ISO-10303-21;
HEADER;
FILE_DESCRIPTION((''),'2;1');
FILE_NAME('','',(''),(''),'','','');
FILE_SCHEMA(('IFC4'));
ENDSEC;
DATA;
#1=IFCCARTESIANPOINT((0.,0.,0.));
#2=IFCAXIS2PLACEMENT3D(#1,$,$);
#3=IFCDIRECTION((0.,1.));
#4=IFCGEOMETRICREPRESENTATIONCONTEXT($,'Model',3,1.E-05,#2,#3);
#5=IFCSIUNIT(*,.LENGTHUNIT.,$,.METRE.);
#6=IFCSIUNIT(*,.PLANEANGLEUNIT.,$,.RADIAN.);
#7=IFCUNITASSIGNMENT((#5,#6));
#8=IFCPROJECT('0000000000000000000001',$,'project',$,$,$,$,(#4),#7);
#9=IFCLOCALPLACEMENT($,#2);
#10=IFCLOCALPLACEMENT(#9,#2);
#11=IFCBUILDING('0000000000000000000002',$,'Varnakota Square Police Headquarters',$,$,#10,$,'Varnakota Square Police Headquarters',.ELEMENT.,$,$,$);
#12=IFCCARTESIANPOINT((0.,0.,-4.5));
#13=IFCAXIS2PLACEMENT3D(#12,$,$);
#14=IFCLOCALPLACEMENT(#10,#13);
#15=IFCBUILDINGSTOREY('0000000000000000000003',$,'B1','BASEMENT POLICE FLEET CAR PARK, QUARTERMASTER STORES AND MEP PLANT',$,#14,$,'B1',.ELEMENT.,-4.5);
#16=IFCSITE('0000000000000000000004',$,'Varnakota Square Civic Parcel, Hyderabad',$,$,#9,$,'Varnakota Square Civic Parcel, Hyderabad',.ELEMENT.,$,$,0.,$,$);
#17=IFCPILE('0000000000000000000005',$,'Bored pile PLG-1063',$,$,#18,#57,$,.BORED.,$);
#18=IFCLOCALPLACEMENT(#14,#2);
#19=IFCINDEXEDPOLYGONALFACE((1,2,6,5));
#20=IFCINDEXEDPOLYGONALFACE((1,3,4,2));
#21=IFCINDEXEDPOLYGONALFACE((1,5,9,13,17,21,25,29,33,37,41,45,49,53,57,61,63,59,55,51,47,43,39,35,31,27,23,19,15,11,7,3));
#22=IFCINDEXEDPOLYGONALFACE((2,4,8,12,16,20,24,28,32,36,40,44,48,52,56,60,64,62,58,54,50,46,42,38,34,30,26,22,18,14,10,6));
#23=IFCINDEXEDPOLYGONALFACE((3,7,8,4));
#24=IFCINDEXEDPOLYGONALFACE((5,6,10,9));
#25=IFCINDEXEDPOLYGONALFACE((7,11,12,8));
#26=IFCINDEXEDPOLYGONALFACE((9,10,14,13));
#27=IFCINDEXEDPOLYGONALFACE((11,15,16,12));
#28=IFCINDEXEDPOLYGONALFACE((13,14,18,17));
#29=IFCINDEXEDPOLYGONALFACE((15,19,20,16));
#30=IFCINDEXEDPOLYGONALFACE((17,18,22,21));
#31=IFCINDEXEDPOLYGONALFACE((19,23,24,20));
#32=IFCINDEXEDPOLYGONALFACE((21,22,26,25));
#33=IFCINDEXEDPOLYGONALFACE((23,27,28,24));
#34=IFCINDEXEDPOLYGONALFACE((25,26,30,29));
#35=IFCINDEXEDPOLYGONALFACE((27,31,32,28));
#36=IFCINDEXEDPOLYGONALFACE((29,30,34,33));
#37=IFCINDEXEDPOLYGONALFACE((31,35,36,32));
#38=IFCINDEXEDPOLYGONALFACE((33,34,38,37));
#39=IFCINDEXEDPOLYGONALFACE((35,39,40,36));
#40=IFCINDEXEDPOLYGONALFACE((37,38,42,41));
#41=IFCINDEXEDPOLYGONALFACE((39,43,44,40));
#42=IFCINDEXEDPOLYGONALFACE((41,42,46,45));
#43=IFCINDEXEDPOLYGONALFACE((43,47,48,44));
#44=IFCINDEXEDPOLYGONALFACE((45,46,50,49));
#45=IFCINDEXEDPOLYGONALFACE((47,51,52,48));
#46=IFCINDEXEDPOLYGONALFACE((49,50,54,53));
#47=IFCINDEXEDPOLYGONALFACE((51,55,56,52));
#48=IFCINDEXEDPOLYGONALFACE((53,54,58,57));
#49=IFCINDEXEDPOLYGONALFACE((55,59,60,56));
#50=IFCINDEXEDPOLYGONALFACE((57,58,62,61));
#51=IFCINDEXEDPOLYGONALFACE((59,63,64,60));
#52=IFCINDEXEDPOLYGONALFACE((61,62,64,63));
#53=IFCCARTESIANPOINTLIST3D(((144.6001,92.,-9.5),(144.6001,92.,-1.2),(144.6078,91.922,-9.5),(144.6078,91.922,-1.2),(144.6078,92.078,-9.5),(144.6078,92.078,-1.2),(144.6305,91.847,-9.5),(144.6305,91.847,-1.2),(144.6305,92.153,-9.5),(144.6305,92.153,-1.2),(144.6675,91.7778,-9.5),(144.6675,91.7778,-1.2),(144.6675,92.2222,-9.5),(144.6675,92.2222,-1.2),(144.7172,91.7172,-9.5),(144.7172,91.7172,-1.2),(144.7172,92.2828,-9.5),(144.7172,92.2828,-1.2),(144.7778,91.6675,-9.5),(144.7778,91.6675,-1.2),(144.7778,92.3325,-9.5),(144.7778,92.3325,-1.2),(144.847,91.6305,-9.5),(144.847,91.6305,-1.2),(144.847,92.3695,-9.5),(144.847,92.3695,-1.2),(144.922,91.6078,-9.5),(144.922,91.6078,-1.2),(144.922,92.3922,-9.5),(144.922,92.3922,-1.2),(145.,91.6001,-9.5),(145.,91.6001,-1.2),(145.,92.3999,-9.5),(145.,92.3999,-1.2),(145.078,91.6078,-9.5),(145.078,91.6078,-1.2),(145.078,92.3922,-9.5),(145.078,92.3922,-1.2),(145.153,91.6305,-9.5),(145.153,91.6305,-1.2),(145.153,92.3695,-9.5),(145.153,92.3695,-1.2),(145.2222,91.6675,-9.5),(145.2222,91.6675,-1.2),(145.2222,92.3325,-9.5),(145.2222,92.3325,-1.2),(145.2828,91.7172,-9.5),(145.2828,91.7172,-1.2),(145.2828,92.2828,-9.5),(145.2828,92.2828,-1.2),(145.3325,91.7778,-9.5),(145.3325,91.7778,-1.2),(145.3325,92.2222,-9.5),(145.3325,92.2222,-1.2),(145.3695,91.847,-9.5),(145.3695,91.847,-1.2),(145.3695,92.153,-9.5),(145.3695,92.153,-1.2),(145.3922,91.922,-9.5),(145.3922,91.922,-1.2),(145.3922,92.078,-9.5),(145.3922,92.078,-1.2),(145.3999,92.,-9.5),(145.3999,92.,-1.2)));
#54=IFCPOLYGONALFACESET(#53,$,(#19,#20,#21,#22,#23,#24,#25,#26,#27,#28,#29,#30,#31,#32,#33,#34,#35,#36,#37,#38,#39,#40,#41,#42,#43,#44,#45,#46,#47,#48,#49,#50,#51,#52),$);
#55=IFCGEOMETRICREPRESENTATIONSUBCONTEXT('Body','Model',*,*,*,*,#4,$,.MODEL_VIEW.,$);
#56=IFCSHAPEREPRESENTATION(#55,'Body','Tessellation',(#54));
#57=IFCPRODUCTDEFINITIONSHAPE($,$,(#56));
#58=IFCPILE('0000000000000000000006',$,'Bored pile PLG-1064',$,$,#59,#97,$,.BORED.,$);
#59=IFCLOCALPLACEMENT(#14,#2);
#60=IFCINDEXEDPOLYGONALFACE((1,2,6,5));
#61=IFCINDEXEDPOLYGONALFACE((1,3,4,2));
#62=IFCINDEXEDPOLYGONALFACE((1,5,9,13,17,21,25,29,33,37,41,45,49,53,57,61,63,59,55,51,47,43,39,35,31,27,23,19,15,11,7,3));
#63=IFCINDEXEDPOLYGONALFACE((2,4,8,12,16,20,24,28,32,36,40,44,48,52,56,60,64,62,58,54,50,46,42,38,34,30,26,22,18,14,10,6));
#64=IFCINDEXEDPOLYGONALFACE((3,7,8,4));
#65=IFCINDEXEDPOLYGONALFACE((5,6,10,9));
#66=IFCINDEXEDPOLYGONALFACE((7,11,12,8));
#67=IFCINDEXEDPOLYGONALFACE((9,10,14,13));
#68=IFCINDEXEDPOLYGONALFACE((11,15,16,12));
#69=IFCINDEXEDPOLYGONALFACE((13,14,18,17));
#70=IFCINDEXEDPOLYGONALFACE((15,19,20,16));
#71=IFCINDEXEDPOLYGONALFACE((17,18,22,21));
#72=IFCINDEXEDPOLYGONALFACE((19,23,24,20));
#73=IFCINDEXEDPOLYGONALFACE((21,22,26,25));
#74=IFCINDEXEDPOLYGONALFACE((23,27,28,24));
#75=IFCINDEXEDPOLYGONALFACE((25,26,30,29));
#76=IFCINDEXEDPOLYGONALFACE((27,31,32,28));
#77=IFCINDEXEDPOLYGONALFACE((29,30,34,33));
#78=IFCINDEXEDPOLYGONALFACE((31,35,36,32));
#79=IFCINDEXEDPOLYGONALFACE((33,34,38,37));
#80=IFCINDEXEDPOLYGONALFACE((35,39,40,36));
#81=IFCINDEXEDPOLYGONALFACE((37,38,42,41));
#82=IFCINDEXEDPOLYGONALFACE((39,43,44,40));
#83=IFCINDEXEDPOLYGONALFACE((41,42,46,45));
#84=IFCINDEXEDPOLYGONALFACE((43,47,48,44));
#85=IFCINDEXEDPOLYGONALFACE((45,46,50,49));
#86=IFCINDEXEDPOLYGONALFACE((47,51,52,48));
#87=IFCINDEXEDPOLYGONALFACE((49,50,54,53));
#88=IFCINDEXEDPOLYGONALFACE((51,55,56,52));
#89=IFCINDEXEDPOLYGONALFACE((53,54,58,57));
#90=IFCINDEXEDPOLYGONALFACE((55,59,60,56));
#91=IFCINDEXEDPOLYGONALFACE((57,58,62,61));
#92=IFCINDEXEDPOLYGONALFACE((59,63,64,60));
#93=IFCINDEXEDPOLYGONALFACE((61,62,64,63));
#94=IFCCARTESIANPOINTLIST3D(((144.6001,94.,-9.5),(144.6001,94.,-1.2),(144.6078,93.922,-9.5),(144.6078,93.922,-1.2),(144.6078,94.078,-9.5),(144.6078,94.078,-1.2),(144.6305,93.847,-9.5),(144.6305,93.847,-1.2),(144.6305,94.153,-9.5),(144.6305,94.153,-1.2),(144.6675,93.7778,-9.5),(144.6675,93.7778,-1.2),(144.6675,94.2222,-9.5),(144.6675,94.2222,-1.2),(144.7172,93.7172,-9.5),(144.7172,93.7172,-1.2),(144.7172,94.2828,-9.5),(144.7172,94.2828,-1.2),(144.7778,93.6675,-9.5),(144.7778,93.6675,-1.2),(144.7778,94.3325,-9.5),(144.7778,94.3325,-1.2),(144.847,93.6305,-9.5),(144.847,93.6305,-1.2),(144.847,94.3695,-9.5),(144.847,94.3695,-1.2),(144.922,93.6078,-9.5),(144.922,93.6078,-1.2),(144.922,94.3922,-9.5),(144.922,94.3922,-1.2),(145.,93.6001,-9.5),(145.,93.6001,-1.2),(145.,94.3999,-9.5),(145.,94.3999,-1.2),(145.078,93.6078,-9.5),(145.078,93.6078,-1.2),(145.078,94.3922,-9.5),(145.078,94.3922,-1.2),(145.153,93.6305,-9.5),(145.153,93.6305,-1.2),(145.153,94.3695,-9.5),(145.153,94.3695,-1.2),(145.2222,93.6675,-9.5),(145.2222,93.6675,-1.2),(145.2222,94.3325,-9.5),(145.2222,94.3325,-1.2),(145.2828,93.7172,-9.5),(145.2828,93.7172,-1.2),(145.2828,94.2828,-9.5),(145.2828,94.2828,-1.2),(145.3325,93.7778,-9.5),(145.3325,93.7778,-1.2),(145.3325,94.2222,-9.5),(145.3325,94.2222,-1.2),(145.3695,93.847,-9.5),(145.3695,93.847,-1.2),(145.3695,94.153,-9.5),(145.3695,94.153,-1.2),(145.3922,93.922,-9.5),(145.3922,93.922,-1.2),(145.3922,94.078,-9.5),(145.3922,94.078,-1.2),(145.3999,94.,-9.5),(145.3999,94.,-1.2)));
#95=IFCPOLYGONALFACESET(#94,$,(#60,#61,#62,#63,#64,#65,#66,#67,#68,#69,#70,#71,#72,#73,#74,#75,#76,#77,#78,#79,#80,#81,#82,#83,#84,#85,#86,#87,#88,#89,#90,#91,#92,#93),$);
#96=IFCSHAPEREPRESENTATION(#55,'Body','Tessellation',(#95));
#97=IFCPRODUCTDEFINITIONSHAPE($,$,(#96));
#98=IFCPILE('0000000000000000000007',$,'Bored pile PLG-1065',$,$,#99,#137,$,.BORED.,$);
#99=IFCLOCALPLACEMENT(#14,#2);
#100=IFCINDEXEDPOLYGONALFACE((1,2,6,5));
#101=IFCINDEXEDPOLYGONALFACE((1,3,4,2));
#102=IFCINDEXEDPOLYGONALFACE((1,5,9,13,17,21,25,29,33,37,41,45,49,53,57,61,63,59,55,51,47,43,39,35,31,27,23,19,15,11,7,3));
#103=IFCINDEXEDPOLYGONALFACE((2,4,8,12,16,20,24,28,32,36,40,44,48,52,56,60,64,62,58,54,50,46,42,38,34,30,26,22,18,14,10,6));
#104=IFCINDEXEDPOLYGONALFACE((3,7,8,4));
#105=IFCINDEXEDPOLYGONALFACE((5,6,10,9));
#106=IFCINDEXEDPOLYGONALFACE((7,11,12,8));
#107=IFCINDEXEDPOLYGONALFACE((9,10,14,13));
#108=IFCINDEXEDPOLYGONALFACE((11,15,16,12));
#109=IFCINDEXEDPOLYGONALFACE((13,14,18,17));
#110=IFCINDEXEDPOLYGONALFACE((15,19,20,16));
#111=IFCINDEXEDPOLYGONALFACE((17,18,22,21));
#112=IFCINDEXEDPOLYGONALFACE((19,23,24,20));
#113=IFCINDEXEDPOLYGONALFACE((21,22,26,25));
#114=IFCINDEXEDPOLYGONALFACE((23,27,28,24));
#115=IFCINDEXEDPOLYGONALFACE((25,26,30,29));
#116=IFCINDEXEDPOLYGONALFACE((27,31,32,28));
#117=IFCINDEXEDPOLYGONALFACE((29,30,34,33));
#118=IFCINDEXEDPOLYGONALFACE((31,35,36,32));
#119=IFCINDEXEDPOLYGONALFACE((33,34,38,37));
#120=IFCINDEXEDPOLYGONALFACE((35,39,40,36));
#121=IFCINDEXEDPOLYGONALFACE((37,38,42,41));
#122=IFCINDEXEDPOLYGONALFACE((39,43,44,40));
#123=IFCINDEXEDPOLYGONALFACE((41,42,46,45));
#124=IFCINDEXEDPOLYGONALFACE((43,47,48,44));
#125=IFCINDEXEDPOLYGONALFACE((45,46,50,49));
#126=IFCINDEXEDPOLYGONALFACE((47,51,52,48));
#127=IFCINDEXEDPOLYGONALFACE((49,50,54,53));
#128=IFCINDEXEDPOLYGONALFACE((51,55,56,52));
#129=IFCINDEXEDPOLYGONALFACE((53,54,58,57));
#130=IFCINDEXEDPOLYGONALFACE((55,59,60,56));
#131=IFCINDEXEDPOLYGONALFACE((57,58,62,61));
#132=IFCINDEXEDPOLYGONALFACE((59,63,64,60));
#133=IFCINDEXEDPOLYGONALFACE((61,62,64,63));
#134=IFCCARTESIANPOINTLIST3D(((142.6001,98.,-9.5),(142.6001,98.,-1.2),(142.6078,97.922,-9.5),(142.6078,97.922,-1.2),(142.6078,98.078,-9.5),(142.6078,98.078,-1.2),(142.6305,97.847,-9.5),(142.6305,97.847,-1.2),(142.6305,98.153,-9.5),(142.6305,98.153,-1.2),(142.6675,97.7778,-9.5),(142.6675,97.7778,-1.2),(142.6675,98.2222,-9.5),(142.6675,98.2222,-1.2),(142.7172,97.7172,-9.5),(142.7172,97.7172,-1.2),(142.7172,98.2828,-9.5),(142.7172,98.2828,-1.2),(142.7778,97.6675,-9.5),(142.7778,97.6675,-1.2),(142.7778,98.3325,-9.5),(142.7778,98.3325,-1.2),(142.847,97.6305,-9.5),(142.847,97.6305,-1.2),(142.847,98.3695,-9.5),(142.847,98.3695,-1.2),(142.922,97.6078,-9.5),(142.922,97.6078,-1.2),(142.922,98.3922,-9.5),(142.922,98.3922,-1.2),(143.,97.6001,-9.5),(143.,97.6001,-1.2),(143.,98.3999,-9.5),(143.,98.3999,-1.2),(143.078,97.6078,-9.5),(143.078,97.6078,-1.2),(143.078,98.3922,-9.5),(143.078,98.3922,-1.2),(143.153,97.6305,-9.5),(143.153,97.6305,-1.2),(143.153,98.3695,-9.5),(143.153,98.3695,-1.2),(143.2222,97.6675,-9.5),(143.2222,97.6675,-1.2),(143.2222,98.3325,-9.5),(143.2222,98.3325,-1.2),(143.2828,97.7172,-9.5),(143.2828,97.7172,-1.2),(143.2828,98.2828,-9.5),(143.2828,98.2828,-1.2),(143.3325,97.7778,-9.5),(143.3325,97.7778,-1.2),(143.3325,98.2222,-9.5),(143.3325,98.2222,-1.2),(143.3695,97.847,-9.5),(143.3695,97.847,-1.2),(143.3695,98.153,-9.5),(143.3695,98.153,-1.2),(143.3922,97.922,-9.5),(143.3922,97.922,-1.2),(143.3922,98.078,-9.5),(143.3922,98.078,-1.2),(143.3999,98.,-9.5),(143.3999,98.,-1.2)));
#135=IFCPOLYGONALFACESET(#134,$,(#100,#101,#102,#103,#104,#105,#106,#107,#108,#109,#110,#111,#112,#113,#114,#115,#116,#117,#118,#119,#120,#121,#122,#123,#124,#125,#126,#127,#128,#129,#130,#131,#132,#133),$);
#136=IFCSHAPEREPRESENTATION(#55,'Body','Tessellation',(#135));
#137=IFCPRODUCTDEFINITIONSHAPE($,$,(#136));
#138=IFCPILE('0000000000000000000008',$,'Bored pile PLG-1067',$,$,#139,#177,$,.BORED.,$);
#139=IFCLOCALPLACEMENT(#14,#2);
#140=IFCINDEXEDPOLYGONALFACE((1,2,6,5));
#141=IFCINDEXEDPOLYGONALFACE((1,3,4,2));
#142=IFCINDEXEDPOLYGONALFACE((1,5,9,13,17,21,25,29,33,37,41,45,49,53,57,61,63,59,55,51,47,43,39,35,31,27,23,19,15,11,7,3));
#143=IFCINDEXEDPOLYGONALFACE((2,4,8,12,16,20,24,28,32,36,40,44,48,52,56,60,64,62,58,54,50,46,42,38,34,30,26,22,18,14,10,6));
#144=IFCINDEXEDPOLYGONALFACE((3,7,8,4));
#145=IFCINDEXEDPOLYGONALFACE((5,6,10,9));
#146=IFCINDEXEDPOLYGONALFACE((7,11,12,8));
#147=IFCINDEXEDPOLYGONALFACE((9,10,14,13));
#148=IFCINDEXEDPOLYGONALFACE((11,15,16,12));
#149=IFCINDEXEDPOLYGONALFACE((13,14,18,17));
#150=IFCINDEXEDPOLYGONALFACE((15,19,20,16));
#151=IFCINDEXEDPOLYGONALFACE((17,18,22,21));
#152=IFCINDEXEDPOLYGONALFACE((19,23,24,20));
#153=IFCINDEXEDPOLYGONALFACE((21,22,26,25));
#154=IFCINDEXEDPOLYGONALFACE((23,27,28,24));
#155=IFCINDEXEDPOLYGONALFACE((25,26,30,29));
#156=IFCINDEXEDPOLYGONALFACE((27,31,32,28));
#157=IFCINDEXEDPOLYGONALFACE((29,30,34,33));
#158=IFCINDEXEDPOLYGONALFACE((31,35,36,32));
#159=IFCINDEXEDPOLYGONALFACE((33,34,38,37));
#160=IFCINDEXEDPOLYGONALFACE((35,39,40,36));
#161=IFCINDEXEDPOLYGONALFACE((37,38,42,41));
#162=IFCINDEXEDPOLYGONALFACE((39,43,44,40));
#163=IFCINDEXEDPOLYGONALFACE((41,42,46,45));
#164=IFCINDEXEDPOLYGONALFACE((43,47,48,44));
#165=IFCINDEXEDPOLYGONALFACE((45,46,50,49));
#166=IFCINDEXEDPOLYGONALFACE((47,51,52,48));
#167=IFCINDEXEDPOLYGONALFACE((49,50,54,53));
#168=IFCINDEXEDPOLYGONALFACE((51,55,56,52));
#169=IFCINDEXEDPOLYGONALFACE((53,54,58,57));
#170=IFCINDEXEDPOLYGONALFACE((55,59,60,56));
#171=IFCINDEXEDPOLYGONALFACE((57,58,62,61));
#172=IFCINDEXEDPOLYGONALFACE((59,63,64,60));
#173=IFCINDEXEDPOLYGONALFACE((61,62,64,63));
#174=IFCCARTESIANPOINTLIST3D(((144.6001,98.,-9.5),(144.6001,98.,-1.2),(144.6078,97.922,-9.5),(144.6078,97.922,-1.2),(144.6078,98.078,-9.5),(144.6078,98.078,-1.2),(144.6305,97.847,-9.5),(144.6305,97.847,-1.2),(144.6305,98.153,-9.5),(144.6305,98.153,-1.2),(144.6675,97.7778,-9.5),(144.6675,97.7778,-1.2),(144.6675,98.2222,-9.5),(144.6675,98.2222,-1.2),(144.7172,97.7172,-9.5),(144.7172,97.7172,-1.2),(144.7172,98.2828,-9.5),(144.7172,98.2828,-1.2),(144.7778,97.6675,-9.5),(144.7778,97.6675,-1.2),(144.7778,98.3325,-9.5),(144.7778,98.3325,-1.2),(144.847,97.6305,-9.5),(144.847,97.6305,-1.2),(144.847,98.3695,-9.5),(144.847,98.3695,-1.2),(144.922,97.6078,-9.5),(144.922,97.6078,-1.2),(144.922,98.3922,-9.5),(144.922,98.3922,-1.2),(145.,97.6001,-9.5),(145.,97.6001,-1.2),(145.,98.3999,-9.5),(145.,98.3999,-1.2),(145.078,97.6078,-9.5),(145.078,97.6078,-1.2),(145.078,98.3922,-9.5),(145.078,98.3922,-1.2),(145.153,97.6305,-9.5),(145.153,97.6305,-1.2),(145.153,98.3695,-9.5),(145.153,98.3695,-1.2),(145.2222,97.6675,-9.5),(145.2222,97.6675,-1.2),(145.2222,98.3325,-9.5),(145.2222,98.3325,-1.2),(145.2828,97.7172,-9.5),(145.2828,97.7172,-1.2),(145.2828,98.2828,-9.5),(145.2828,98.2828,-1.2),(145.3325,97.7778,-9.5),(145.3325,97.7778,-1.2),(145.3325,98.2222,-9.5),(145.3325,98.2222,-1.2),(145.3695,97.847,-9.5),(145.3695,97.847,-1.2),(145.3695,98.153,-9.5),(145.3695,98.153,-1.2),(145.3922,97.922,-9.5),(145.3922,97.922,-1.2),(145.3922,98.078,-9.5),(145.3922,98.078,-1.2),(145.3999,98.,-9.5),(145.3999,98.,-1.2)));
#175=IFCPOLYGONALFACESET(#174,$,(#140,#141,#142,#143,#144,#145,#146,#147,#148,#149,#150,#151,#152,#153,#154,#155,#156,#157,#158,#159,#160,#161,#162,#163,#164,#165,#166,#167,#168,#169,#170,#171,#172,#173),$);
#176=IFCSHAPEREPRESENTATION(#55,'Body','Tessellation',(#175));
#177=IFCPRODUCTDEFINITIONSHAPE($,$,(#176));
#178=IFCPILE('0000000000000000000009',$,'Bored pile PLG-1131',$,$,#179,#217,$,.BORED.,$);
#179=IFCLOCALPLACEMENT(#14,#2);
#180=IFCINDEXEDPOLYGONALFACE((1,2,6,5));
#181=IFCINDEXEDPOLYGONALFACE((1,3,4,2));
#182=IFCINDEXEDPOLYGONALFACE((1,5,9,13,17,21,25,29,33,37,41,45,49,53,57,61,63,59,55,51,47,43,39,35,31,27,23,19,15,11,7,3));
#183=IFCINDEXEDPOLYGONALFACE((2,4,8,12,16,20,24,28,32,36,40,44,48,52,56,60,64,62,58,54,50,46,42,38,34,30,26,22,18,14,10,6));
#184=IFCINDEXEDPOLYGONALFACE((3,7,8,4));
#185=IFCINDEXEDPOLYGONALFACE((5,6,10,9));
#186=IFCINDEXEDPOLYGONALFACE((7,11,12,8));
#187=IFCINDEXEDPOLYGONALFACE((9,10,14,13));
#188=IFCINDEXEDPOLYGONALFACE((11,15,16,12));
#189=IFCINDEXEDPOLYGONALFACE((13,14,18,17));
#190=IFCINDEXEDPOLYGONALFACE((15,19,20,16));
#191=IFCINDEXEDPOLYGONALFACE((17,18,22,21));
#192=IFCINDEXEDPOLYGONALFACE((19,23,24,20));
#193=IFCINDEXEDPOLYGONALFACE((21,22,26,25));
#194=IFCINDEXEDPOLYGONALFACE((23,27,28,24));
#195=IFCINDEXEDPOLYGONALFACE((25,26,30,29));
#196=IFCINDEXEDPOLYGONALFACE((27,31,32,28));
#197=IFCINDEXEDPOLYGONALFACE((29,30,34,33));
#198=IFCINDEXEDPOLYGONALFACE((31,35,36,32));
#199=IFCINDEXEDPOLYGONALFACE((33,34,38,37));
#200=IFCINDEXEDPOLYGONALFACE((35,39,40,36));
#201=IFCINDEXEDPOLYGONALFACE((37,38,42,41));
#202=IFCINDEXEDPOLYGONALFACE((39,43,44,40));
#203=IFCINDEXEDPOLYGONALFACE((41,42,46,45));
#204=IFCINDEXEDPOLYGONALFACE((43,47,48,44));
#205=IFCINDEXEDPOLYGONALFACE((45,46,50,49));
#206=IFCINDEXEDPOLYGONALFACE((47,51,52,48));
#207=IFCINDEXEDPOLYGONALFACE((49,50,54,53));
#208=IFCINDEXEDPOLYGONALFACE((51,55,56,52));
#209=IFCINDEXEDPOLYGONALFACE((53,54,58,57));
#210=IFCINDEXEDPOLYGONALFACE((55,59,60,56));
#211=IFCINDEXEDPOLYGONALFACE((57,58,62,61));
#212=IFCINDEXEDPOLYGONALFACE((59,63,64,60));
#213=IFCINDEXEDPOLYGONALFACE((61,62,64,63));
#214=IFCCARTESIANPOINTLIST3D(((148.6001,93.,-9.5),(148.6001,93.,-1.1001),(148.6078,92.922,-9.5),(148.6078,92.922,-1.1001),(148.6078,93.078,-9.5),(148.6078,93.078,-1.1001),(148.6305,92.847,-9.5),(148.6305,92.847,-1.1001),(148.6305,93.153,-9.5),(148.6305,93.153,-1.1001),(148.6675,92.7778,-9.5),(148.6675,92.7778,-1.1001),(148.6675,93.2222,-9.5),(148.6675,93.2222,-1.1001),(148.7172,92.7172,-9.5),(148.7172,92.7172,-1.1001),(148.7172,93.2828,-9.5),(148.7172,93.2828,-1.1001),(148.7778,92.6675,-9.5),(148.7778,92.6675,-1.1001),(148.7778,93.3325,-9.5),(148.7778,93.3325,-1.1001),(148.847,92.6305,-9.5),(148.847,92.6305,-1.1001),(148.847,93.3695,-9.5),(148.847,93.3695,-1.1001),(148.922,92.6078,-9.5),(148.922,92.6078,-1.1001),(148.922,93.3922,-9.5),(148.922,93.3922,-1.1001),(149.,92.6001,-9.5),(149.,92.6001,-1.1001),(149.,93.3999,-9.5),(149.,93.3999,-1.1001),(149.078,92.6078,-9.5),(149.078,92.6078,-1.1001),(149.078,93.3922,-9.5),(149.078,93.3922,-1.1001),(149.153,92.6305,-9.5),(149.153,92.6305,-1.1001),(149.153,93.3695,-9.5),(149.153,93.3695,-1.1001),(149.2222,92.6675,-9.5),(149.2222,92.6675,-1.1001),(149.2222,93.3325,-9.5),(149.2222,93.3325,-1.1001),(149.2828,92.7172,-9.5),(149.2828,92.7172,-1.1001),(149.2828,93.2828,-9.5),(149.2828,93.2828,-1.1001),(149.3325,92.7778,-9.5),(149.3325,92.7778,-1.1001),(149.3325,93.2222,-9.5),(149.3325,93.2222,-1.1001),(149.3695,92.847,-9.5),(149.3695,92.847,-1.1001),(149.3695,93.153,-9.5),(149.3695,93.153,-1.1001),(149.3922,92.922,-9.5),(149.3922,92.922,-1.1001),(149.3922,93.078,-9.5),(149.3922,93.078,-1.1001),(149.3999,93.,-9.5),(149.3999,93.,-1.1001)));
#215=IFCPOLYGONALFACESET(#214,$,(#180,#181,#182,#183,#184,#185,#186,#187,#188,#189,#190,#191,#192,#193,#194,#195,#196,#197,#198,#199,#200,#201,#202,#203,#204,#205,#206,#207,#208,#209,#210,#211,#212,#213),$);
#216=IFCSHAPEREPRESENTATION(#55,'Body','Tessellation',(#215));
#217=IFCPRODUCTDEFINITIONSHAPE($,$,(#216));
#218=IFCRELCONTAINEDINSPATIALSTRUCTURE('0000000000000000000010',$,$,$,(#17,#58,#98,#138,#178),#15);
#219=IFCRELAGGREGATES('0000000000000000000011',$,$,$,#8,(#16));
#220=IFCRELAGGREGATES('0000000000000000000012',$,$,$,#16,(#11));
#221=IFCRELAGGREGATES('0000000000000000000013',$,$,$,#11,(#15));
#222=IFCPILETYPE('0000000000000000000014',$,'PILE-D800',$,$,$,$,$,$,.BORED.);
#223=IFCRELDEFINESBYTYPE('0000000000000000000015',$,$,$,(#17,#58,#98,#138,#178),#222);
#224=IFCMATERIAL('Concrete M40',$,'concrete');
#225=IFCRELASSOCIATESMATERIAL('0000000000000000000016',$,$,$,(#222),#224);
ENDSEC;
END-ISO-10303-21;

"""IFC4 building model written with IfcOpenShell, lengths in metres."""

from ifc_helpers import new_model, si_unit, direction, frame, origin, origin_2d, place, context, subcontext, project, spatial, circle, extrude, material, material_profile, profile_set, type_object, element, save


model = new_model("IFC4")

# Units and contexts
model_context = context("Model", 3, precision=1e-05, world=origin(), true_north=direction((0.0, 1.0)))
body_context = subcontext(model_context, "Body", "Model", "MODEL_VIEW")
ifc_project = project(units=[si_unit("LENGTHUNIT", "METRE"), si_unit("PLANEANGLEUNIT", "RADIAN")], contexts=[model_context])

# Site, building, storey
site_placement = place(None, origin())
site = spatial("IfcSite", under=ifc_project, at=site_placement, Name="Varnakota Square Civic Parcel, Hyderabad", LongName="Varnakota Square Civic Parcel, Hyderabad", CompositionType="ELEMENT", RefElevation=0.0)
building_placement = place(site_placement, origin())
building = spatial("IfcBuilding", under=site, at=building_placement, Name="Varnakota Square Police Headquarters", LongName="Varnakota Square Police Headquarters", CompositionType="ELEMENT")
storey_placement = place(building_placement, frame((0.0, 0.0, -4.5)))
storey = spatial("IfcBuildingStorey", under=building, at=storey_placement, Name="B1", Description="BASEMENT POLICE FLEET CAR PARK, QUARTERMASTER STORES AND MEP PLANT", LongName="B1", CompositionType="ELEMENT", Elevation=-4.5)

# Shared definitions
ifc_material_1 = material(Name="Concrete M40", Category="concrete")

# Piles
ifc_material_profile_1 = material_profile(ifc_material_1, circle(Radius=0.3999, at=origin_2d()), Name="BORED PILE 800")
ifc_profile_set_1 = profile_set([ifc_material_profile_1], Name="Concrete M40")
pile_type = type_object("IfcPileType", Name="PILE-D800", PredefinedType="BORED", material=ifc_profile_set_1)
for number, where, z_axis, x_axis, name in (
    (1, (145.0, 92.0, -1.2), (0.0, 0.0, -1.0), (1.0, 0.0, 0.0), "Bored pile PLG-1063"),
    (2, (145.0, 94.0, -1.2), (0.0, 0.0, -1.0), (1.0, 0.0, 0.0), "Bored pile PLG-1064"),
    (3, (143.0, 98.0, -1.2), (0.0, 0.0, -1.0), (1.0, 0.0, 0.0), "Bored pile PLG-1065"),
    (4, (145.0, 98.0, -1.2), (0.0, 0.0, -1.0), (1.0, 0.0, 0.0), "Bored pile PLG-1067"),
):
    element("IfcPile", number, at=place(storey_placement, frame(where, z_axis=z_axis, x_axis=x_axis)), inside=storey, type_object=pile_type, Name=name, PredefinedType="BORED", context=body_context, shape_type="SweptSolid", body=[
        extrude(circle(Radius=0.3999, at=origin_2d()), origin(), (0.0, 0.0, 1.0), 8.3),
    ])
pile_placement = place(storey_placement, frame((149.0, 93.0, -1.1001), z_axis=(0.0, 0.0, -1.0), x_axis=(1.0, 0.0, 0.0)))
element("IfcPile", 5, at=pile_placement, inside=storey, type_object=pile_type, Name="Bored pile PLG-1131", PredefinedType="BORED", context=body_context, shape_type="SweptSolid", body=[
    extrude(circle(Radius=0.3999, at=origin_2d()), origin(), (0.0, 0.0, 1.0), 8.3999),
])

save(model, "model.ifc")
